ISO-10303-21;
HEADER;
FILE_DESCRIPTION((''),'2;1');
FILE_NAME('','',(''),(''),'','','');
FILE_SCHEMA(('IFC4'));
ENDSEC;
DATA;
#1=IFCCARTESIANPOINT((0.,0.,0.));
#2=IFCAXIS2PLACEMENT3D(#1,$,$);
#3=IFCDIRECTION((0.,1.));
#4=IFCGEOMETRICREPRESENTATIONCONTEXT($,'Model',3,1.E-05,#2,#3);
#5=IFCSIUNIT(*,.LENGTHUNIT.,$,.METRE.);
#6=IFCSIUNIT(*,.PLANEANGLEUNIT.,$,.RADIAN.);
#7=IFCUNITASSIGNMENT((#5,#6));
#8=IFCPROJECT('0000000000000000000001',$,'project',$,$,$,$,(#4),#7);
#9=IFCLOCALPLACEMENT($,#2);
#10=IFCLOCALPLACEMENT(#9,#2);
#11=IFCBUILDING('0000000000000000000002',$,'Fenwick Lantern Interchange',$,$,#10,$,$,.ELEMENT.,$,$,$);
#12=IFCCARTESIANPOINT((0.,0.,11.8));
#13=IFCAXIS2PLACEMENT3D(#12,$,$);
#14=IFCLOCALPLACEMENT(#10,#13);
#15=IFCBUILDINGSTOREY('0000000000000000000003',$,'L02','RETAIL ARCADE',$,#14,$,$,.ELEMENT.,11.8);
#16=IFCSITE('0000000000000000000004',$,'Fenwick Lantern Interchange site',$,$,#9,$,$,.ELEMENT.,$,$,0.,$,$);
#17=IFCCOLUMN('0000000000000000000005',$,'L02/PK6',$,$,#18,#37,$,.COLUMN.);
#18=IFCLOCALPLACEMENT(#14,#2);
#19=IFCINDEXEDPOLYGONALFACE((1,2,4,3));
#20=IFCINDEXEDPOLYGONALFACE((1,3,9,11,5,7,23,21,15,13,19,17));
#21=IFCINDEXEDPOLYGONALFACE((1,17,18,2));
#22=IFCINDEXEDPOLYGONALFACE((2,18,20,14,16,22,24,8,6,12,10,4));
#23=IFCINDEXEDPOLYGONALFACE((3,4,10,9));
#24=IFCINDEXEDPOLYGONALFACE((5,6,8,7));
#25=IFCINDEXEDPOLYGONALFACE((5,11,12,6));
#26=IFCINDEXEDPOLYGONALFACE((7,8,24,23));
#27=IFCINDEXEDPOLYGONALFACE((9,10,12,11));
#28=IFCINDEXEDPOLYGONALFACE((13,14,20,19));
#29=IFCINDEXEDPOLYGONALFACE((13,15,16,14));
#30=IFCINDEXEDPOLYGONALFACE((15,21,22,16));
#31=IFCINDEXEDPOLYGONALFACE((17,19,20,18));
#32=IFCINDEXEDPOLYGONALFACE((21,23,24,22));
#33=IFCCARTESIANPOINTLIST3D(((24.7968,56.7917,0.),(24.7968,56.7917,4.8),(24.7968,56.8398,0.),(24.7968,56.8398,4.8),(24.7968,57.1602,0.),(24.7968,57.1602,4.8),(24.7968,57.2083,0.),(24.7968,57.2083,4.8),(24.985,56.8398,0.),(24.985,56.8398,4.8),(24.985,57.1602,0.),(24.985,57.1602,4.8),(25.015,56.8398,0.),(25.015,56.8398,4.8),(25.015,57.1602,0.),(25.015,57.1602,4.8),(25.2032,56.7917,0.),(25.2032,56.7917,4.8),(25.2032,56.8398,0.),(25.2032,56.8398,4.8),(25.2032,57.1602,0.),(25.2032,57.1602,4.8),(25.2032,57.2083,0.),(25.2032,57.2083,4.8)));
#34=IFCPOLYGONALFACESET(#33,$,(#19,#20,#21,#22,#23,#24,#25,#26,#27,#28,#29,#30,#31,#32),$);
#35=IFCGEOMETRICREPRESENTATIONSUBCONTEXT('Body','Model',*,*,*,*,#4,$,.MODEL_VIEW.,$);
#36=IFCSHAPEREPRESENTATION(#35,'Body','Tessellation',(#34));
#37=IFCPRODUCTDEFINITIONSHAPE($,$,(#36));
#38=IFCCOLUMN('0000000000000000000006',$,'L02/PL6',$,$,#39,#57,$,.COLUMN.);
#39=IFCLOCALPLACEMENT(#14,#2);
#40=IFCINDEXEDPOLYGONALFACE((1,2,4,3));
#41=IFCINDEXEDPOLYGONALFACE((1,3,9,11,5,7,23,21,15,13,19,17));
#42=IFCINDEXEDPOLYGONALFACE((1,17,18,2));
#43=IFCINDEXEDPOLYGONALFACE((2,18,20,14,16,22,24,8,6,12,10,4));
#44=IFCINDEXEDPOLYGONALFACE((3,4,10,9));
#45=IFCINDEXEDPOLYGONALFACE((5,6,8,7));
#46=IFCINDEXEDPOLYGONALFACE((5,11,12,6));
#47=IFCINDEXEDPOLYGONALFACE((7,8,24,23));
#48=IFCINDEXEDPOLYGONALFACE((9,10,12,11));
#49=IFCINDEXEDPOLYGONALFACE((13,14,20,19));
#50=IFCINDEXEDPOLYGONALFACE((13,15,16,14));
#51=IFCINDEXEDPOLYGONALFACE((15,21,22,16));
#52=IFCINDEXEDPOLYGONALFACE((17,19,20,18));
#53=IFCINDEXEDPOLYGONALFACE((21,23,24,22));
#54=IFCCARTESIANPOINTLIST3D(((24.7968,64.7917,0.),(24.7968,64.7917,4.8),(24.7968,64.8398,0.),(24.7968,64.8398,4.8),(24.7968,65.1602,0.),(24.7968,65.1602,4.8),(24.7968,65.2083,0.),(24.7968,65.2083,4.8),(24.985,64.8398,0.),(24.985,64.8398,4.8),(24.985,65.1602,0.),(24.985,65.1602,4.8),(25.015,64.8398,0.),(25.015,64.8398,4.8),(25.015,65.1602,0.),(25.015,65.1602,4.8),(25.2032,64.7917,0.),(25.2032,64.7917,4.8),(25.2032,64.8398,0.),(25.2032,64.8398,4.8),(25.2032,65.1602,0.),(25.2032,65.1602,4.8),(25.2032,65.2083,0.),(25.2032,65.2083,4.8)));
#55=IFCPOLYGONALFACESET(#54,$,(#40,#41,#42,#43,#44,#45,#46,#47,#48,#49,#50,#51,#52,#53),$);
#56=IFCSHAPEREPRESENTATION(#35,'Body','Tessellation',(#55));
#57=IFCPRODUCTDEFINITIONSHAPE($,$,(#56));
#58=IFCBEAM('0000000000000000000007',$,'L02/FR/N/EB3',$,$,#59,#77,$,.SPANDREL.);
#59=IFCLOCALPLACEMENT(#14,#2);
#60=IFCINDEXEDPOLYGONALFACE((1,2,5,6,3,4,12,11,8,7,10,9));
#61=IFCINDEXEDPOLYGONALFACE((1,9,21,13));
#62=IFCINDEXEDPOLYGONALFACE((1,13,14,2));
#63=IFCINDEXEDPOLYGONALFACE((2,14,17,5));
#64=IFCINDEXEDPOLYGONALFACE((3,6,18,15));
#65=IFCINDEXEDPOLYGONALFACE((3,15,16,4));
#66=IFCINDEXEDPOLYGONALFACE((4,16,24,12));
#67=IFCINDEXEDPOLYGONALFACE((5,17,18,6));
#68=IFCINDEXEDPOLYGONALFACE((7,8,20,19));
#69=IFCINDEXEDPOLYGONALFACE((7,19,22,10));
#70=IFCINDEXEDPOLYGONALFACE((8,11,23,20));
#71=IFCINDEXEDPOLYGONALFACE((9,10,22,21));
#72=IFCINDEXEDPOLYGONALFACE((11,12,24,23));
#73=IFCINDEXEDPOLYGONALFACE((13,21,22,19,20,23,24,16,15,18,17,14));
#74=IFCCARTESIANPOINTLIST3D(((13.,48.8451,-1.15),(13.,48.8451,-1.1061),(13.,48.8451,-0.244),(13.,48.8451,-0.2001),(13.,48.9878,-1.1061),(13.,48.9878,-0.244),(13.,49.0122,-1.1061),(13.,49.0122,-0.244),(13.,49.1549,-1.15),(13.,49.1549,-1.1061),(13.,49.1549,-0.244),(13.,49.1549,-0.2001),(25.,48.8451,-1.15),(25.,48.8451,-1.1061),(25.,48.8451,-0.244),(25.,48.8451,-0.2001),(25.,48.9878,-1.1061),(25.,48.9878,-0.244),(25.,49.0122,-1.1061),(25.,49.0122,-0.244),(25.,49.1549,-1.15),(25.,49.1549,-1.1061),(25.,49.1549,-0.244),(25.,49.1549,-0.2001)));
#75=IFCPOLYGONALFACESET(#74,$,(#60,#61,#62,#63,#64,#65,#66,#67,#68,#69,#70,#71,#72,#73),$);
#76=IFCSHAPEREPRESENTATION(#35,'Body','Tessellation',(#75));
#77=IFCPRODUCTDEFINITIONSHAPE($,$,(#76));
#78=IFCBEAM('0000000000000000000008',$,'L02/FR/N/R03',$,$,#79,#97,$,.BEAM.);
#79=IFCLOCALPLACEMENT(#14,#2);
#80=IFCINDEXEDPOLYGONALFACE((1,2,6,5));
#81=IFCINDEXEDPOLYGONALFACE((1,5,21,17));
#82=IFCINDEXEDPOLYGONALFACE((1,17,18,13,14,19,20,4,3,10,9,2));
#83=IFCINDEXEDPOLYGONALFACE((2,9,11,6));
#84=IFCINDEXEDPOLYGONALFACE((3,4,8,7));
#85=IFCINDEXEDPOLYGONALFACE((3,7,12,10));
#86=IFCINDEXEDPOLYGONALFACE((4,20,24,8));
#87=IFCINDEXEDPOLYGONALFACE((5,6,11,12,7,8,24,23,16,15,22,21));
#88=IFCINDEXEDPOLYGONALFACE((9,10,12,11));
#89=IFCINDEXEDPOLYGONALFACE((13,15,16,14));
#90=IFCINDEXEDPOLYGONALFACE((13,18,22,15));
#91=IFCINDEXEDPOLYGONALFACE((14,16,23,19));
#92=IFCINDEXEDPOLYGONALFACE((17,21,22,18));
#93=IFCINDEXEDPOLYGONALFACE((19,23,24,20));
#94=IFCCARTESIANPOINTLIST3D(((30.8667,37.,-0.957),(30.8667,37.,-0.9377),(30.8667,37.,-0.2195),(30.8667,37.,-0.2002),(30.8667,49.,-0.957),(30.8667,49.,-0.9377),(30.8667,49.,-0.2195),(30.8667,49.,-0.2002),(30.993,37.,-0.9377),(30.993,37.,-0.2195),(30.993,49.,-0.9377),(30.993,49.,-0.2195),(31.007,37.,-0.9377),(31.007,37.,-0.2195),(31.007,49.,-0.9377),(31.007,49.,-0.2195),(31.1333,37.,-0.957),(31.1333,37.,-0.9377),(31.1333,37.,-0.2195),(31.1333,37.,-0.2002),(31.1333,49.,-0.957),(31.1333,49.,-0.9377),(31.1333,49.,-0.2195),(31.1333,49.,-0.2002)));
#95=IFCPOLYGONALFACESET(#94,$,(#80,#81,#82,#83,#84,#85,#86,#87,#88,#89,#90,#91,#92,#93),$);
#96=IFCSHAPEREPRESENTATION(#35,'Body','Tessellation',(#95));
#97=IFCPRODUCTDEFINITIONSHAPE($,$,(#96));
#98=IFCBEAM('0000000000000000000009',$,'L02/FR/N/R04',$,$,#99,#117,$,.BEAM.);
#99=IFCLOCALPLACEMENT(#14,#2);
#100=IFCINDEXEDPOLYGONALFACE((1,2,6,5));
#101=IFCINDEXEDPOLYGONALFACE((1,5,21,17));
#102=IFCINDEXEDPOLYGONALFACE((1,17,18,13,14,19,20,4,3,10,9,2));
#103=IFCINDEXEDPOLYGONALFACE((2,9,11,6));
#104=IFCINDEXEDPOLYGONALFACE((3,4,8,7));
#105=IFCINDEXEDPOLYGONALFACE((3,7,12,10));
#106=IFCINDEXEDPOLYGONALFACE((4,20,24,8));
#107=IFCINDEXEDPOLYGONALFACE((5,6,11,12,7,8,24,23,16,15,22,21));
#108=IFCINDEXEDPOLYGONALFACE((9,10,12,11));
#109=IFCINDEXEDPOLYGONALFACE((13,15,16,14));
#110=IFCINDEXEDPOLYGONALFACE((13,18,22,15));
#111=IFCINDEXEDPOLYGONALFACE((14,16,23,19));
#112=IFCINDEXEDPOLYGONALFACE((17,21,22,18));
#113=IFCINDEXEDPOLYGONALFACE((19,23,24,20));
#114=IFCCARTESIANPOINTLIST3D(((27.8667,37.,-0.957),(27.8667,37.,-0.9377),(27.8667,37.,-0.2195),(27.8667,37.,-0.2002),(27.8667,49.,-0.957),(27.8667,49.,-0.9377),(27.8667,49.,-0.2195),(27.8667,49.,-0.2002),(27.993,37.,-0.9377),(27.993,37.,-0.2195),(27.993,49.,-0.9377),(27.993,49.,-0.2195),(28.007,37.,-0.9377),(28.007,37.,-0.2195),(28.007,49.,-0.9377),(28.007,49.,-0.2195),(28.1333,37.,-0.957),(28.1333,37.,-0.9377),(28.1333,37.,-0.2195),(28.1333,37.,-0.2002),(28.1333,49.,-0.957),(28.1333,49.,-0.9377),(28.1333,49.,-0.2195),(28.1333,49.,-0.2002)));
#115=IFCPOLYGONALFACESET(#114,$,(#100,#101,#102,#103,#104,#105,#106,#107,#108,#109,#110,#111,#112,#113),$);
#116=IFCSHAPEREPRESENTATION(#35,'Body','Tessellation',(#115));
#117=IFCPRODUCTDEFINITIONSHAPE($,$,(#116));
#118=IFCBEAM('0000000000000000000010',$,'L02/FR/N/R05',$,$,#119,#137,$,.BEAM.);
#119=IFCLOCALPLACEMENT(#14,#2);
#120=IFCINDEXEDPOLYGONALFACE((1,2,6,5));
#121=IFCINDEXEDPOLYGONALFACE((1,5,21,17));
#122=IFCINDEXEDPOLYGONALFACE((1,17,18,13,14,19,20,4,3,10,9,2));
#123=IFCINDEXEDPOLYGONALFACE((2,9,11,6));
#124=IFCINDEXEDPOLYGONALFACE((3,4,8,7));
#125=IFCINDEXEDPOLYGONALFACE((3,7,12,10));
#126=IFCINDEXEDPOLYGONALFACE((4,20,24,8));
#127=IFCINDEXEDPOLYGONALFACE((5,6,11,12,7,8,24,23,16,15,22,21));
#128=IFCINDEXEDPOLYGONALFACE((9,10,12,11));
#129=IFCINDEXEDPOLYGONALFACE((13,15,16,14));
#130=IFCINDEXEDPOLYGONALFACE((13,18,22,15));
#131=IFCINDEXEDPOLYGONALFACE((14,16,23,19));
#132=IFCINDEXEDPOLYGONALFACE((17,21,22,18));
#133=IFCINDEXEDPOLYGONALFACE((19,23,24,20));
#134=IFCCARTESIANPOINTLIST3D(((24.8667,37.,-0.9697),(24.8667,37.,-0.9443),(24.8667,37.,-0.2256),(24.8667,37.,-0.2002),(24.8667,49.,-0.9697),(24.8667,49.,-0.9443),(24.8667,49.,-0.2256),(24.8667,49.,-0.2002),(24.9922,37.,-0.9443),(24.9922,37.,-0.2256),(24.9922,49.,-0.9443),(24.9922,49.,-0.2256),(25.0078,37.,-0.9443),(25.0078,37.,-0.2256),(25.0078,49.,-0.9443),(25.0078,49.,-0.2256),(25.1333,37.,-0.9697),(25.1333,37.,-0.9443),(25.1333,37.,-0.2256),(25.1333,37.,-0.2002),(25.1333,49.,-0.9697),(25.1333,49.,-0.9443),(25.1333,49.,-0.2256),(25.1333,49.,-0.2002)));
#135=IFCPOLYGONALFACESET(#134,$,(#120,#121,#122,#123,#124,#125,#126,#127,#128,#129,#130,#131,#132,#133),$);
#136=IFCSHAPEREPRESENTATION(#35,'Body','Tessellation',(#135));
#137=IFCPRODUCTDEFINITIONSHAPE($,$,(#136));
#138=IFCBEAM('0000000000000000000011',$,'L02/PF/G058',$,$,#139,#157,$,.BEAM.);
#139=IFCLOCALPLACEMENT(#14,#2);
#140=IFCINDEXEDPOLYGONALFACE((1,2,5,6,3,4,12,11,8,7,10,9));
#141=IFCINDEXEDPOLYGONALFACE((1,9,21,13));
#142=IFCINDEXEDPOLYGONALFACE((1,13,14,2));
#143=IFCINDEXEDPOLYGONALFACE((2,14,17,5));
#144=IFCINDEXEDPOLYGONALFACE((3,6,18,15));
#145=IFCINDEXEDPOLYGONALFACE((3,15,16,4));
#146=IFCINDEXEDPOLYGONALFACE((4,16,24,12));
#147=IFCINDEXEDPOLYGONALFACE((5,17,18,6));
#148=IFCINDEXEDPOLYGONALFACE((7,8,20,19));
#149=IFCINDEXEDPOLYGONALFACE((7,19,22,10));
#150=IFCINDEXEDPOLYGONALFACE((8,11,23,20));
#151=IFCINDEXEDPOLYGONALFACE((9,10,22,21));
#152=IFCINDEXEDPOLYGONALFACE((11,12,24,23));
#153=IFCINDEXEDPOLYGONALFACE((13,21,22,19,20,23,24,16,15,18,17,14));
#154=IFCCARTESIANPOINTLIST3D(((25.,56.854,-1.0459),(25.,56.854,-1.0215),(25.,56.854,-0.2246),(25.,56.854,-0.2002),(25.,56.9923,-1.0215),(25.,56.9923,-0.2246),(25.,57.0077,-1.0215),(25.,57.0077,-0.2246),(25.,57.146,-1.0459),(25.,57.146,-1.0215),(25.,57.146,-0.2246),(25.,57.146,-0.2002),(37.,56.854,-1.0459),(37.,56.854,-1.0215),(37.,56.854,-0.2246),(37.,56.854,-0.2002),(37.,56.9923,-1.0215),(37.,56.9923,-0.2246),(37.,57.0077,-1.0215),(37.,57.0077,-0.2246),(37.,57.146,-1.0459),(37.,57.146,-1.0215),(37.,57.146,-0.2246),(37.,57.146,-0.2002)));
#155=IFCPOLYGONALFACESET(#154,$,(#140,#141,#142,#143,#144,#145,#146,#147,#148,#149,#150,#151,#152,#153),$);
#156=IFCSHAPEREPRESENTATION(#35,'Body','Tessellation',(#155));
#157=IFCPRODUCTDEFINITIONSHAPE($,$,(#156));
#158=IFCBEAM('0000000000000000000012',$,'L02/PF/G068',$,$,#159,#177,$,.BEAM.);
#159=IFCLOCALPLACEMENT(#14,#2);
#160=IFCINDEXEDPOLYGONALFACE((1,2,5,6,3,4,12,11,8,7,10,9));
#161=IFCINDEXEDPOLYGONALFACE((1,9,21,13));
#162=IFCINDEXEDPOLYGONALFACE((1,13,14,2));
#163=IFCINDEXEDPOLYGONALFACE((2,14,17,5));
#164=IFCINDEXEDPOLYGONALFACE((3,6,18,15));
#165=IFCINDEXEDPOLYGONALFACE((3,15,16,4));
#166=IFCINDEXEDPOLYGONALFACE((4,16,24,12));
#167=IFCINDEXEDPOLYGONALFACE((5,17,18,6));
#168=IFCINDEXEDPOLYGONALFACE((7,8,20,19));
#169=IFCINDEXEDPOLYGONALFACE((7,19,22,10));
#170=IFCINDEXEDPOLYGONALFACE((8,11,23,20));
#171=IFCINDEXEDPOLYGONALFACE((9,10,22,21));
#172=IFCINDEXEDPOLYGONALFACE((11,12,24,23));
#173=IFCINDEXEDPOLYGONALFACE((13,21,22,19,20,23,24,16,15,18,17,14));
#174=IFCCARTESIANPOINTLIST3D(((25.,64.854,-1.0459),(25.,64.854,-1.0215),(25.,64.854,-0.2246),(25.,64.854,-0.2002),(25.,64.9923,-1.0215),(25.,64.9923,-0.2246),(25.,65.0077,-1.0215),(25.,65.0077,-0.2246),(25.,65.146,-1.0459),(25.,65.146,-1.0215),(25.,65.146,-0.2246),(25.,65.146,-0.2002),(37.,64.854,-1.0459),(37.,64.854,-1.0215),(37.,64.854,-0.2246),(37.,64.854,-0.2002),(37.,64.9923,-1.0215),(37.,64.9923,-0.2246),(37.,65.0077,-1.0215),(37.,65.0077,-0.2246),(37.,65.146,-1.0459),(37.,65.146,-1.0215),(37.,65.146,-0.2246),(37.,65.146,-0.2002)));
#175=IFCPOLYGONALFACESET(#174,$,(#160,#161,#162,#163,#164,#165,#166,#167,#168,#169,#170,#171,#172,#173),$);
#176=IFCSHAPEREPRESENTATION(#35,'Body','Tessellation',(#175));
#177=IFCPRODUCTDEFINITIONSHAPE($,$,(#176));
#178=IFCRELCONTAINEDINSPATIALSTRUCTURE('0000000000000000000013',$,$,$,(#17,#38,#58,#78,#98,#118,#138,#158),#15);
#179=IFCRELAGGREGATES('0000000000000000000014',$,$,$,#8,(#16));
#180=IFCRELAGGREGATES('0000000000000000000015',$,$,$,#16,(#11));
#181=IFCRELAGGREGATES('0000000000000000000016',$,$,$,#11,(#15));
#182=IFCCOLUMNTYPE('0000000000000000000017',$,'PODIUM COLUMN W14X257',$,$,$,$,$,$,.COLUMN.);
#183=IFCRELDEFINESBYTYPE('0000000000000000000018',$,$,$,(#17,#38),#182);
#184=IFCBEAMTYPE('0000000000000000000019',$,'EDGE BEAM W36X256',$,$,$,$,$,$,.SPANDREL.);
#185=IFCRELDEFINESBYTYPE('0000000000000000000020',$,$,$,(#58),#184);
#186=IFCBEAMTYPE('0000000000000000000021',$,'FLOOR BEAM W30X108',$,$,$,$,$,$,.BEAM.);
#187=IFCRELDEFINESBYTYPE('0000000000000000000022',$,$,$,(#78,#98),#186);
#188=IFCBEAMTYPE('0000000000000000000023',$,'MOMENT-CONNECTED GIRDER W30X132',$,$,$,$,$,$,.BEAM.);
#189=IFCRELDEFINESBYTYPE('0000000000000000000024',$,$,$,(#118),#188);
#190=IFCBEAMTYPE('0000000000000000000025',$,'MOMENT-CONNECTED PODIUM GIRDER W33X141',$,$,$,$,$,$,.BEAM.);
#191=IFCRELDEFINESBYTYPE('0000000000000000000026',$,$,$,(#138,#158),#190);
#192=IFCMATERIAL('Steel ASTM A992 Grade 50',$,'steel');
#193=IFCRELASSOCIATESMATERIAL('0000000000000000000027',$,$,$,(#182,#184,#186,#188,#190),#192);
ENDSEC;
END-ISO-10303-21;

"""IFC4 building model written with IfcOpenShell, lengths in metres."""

from ifc_helpers import new_model, si_unit, direction, frame, origin, origin_2d, place, context, subcontext, project, spatial, i_section, extrude, material, material_profile, profile_set, type_object, element, save


model = new_model("IFC4")

# Units and contexts
model_context = context("Model", 3, precision=1e-05, world=origin(), true_north=direction((0.0, 1.0)))
body_context = subcontext(model_context, "Body", "Model", "MODEL_VIEW")
ifc_project = project(units=[si_unit("LENGTHUNIT", "METRE"), si_unit("PLANEANGLEUNIT", "RADIAN")], contexts=[model_context])

# Site, building, storey
site_placement = place(None, origin())
site = spatial("IfcSite", under=ifc_project, at=site_placement, Name="Fenwick Lantern Interchange site", CompositionType="ELEMENT", RefElevation=0.0)
building_placement = place(site_placement, origin())
building = spatial("IfcBuilding", under=site, at=building_placement, Name="Fenwick Lantern Interchange", CompositionType="ELEMENT")
storey_placement = place(building_placement, frame((0.0, 0.0, 11.8)))
storey = spatial("IfcBuildingStorey", under=building, at=storey_placement, Name="L02", Description="RETAIL ARCADE", CompositionType="ELEMENT", Elevation=11.8)

# Columns
ifc_material_1 = material(Name="Steel ASTM A992 Grade 50", Category="steel")
ifc_material_profile_1 = material_profile(ifc_material_1, i_section(OverallWidth=0.4065, OverallDepth=0.4165, WebThickness=0.03, FlangeThickness=0.0481, at=origin_2d()), Name="W14X257")
ifc_profile_set_1 = profile_set([ifc_material_profile_1], Name="Steel ASTM A992 Grade 50")
column_type = type_object("IfcColumnType", Name="PODIUM COLUMN W14X257", PredefinedType="COLUMN", material=ifc_profile_set_1)
for number, where, z_axis, x_axis, name in (
    (1, (25.0, 57.0, 0.0), (0.0, 0.0, 1.0), (1.0, 0.0, 0.0), "L02/PK6"),
    (2, (25.0, 65.0, 0.0), (0.0, 0.0, 1.0), (1.0, 0.0, 0.0), "L02/PL6"),
):
    element("IfcColumn", number, at=place(storey_placement, frame(where, z_axis=z_axis, x_axis=x_axis)), inside=storey, type_object=column_type, Name=name, PredefinedType="COLUMN", context=body_context, shape_type="SweptSolid", body=[
        extrude(i_section(OverallWidth=0.4065, OverallDepth=0.4165, WebThickness=0.03, FlangeThickness=0.0481, at=origin_2d()), origin(), (0.0, 0.0, 1.0), 4.8),
    ])

# Beams
ifc_material_profile_2 = material_profile(ifc_material_1, i_section(OverallWidth=0.3098, OverallDepth=0.95, WebThickness=0.0244, FlangeThickness=0.0439, at=origin_2d()), Name="W36X256")
ifc_profile_set_2 = profile_set([ifc_material_profile_2], Name="Steel ASTM A992 Grade 50")
beam_type_1 = type_object("IfcBeamType", Name="EDGE BEAM W36X256", PredefinedType="SPANDREL", material=ifc_profile_set_2)
beam_1_placement = place(storey_placement, frame((25.0, 49.0, -0.675), z_axis=(-1.0, 0.0, 0.0), x_axis=(0.0, -1.0, 0.0)))
element("IfcBeam", 3, at=beam_1_placement, inside=storey, type_object=beam_type_1, Name="L02/FR/N/EB3", PredefinedType="SPANDREL", context=body_context, shape_type="SweptSolid", body=[
    extrude(i_section(OverallWidth=0.3098, OverallDepth=0.95, WebThickness=0.0244, FlangeThickness=0.0439, at=origin_2d()), origin(), (0.0, 0.0, 1.0), 12.0),
])
ifc_material_profile_3 = material_profile(ifc_material_1, i_section(OverallWidth=0.2666, OverallDepth=0.7568, WebThickness=0.0139, FlangeThickness=0.0193, at=origin_2d()), Name="W30X108")
ifc_profile_set_3 = profile_set([ifc_material_profile_3], Name="Steel ASTM A992 Grade 50")
beam_type_2 = type_object("IfcBeamType", Name="FLOOR BEAM W30X108", PredefinedType="BEAM", material=ifc_profile_set_3)
for number, where, z_axis, x_axis, name in (
    (4, (31.0, 49.0, -0.5786), (0.0, -1.0, 0.0), (1.0, 0.0, 0.0), "L02/FR/N/R03"),
    (5, (28.0, 49.0, -0.5786), (0.0, -1.0, 0.0), (1.0, 0.0, 0.0), "L02/FR/N/R04"),
):
    element("IfcBeam", number, at=place(storey_placement, frame(where, z_axis=z_axis, x_axis=x_axis)), inside=storey, type_object=beam_type_2, Name=name, PredefinedType="BEAM", context=body_context, shape_type="SweptSolid", body=[
        extrude(i_section(OverallWidth=0.2666, OverallDepth=0.7568, WebThickness=0.0139, FlangeThickness=0.0193, at=origin_2d()), origin(), (0.0, 0.0, 1.0), 12.0),
    ])
ifc_material_profile_4 = material_profile(ifc_material_1, i_section(OverallWidth=0.2666, OverallDepth=0.7695, WebThickness=0.0156, FlangeThickness=0.0254, at=origin_2d()), Name="W30X132")
ifc_profile_set_4 = profile_set([ifc_material_profile_4], Name="Steel ASTM A992 Grade 50")
beam_type_3 = type_object("IfcBeamType", Name="MOMENT-CONNECTED GIRDER W30X132", PredefinedType="BEAM", material=ifc_profile_set_4)
beam_2_placement = place(storey_placement, frame((25.0, 49.0, -0.585), z_axis=(0.0, -1.0, 0.0), x_axis=(1.0, 0.0, 0.0)))
element("IfcBeam", 6, at=beam_2_placement, inside=storey, type_object=beam_type_3, Name="L02/FR/N/R05", PredefinedType="BEAM", context=body_context, shape_type="SweptSolid", body=[
    extrude(i_section(OverallWidth=0.2666, OverallDepth=0.7695, WebThickness=0.0156, FlangeThickness=0.0254, at=origin_2d()), origin(), (0.0, 0.0, 1.0), 12.0),
])
ifc_material_profile_5 = material_profile(ifc_material_1, i_section(OverallWidth=0.292, OverallDepth=0.8457, WebThickness=0.0154, FlangeThickness=0.0244, at=origin_2d()), Name="W33X141")
ifc_profile_set_5 = profile_set([ifc_material_profile_5], Name="Steel ASTM A992 Grade 50")
beam_type_4 = type_object("IfcBeamType", Name="MOMENT-CONNECTED PODIUM GIRDER W33X141", PredefinedType="BEAM", material=ifc_profile_set_5)
for number, where, z_axis, x_axis, name in (
    (7, (25.0, 57.0, -0.623), (1.0, 0.0, 0.0), (0.0, 1.0, 0.0), "L02/PF/G058"),
    (8, (25.0, 65.0, -0.623), (1.0, 0.0, 0.0), (0.0, 1.0, 0.0), "L02/PF/G068"),
):
    element("IfcBeam", number, at=place(storey_placement, frame(where, z_axis=z_axis, x_axis=x_axis)), inside=storey, type_object=beam_type_4, Name=name, PredefinedType="BEAM", context=body_context, shape_type="SweptSolid", body=[
        extrude(i_section(OverallWidth=0.292, OverallDepth=0.8457, WebThickness=0.0154, FlangeThickness=0.0244, at=origin_2d()), origin(), (0.0, 0.0, 1.0), 12.0),
    ])

save(model, "model.ifc")
